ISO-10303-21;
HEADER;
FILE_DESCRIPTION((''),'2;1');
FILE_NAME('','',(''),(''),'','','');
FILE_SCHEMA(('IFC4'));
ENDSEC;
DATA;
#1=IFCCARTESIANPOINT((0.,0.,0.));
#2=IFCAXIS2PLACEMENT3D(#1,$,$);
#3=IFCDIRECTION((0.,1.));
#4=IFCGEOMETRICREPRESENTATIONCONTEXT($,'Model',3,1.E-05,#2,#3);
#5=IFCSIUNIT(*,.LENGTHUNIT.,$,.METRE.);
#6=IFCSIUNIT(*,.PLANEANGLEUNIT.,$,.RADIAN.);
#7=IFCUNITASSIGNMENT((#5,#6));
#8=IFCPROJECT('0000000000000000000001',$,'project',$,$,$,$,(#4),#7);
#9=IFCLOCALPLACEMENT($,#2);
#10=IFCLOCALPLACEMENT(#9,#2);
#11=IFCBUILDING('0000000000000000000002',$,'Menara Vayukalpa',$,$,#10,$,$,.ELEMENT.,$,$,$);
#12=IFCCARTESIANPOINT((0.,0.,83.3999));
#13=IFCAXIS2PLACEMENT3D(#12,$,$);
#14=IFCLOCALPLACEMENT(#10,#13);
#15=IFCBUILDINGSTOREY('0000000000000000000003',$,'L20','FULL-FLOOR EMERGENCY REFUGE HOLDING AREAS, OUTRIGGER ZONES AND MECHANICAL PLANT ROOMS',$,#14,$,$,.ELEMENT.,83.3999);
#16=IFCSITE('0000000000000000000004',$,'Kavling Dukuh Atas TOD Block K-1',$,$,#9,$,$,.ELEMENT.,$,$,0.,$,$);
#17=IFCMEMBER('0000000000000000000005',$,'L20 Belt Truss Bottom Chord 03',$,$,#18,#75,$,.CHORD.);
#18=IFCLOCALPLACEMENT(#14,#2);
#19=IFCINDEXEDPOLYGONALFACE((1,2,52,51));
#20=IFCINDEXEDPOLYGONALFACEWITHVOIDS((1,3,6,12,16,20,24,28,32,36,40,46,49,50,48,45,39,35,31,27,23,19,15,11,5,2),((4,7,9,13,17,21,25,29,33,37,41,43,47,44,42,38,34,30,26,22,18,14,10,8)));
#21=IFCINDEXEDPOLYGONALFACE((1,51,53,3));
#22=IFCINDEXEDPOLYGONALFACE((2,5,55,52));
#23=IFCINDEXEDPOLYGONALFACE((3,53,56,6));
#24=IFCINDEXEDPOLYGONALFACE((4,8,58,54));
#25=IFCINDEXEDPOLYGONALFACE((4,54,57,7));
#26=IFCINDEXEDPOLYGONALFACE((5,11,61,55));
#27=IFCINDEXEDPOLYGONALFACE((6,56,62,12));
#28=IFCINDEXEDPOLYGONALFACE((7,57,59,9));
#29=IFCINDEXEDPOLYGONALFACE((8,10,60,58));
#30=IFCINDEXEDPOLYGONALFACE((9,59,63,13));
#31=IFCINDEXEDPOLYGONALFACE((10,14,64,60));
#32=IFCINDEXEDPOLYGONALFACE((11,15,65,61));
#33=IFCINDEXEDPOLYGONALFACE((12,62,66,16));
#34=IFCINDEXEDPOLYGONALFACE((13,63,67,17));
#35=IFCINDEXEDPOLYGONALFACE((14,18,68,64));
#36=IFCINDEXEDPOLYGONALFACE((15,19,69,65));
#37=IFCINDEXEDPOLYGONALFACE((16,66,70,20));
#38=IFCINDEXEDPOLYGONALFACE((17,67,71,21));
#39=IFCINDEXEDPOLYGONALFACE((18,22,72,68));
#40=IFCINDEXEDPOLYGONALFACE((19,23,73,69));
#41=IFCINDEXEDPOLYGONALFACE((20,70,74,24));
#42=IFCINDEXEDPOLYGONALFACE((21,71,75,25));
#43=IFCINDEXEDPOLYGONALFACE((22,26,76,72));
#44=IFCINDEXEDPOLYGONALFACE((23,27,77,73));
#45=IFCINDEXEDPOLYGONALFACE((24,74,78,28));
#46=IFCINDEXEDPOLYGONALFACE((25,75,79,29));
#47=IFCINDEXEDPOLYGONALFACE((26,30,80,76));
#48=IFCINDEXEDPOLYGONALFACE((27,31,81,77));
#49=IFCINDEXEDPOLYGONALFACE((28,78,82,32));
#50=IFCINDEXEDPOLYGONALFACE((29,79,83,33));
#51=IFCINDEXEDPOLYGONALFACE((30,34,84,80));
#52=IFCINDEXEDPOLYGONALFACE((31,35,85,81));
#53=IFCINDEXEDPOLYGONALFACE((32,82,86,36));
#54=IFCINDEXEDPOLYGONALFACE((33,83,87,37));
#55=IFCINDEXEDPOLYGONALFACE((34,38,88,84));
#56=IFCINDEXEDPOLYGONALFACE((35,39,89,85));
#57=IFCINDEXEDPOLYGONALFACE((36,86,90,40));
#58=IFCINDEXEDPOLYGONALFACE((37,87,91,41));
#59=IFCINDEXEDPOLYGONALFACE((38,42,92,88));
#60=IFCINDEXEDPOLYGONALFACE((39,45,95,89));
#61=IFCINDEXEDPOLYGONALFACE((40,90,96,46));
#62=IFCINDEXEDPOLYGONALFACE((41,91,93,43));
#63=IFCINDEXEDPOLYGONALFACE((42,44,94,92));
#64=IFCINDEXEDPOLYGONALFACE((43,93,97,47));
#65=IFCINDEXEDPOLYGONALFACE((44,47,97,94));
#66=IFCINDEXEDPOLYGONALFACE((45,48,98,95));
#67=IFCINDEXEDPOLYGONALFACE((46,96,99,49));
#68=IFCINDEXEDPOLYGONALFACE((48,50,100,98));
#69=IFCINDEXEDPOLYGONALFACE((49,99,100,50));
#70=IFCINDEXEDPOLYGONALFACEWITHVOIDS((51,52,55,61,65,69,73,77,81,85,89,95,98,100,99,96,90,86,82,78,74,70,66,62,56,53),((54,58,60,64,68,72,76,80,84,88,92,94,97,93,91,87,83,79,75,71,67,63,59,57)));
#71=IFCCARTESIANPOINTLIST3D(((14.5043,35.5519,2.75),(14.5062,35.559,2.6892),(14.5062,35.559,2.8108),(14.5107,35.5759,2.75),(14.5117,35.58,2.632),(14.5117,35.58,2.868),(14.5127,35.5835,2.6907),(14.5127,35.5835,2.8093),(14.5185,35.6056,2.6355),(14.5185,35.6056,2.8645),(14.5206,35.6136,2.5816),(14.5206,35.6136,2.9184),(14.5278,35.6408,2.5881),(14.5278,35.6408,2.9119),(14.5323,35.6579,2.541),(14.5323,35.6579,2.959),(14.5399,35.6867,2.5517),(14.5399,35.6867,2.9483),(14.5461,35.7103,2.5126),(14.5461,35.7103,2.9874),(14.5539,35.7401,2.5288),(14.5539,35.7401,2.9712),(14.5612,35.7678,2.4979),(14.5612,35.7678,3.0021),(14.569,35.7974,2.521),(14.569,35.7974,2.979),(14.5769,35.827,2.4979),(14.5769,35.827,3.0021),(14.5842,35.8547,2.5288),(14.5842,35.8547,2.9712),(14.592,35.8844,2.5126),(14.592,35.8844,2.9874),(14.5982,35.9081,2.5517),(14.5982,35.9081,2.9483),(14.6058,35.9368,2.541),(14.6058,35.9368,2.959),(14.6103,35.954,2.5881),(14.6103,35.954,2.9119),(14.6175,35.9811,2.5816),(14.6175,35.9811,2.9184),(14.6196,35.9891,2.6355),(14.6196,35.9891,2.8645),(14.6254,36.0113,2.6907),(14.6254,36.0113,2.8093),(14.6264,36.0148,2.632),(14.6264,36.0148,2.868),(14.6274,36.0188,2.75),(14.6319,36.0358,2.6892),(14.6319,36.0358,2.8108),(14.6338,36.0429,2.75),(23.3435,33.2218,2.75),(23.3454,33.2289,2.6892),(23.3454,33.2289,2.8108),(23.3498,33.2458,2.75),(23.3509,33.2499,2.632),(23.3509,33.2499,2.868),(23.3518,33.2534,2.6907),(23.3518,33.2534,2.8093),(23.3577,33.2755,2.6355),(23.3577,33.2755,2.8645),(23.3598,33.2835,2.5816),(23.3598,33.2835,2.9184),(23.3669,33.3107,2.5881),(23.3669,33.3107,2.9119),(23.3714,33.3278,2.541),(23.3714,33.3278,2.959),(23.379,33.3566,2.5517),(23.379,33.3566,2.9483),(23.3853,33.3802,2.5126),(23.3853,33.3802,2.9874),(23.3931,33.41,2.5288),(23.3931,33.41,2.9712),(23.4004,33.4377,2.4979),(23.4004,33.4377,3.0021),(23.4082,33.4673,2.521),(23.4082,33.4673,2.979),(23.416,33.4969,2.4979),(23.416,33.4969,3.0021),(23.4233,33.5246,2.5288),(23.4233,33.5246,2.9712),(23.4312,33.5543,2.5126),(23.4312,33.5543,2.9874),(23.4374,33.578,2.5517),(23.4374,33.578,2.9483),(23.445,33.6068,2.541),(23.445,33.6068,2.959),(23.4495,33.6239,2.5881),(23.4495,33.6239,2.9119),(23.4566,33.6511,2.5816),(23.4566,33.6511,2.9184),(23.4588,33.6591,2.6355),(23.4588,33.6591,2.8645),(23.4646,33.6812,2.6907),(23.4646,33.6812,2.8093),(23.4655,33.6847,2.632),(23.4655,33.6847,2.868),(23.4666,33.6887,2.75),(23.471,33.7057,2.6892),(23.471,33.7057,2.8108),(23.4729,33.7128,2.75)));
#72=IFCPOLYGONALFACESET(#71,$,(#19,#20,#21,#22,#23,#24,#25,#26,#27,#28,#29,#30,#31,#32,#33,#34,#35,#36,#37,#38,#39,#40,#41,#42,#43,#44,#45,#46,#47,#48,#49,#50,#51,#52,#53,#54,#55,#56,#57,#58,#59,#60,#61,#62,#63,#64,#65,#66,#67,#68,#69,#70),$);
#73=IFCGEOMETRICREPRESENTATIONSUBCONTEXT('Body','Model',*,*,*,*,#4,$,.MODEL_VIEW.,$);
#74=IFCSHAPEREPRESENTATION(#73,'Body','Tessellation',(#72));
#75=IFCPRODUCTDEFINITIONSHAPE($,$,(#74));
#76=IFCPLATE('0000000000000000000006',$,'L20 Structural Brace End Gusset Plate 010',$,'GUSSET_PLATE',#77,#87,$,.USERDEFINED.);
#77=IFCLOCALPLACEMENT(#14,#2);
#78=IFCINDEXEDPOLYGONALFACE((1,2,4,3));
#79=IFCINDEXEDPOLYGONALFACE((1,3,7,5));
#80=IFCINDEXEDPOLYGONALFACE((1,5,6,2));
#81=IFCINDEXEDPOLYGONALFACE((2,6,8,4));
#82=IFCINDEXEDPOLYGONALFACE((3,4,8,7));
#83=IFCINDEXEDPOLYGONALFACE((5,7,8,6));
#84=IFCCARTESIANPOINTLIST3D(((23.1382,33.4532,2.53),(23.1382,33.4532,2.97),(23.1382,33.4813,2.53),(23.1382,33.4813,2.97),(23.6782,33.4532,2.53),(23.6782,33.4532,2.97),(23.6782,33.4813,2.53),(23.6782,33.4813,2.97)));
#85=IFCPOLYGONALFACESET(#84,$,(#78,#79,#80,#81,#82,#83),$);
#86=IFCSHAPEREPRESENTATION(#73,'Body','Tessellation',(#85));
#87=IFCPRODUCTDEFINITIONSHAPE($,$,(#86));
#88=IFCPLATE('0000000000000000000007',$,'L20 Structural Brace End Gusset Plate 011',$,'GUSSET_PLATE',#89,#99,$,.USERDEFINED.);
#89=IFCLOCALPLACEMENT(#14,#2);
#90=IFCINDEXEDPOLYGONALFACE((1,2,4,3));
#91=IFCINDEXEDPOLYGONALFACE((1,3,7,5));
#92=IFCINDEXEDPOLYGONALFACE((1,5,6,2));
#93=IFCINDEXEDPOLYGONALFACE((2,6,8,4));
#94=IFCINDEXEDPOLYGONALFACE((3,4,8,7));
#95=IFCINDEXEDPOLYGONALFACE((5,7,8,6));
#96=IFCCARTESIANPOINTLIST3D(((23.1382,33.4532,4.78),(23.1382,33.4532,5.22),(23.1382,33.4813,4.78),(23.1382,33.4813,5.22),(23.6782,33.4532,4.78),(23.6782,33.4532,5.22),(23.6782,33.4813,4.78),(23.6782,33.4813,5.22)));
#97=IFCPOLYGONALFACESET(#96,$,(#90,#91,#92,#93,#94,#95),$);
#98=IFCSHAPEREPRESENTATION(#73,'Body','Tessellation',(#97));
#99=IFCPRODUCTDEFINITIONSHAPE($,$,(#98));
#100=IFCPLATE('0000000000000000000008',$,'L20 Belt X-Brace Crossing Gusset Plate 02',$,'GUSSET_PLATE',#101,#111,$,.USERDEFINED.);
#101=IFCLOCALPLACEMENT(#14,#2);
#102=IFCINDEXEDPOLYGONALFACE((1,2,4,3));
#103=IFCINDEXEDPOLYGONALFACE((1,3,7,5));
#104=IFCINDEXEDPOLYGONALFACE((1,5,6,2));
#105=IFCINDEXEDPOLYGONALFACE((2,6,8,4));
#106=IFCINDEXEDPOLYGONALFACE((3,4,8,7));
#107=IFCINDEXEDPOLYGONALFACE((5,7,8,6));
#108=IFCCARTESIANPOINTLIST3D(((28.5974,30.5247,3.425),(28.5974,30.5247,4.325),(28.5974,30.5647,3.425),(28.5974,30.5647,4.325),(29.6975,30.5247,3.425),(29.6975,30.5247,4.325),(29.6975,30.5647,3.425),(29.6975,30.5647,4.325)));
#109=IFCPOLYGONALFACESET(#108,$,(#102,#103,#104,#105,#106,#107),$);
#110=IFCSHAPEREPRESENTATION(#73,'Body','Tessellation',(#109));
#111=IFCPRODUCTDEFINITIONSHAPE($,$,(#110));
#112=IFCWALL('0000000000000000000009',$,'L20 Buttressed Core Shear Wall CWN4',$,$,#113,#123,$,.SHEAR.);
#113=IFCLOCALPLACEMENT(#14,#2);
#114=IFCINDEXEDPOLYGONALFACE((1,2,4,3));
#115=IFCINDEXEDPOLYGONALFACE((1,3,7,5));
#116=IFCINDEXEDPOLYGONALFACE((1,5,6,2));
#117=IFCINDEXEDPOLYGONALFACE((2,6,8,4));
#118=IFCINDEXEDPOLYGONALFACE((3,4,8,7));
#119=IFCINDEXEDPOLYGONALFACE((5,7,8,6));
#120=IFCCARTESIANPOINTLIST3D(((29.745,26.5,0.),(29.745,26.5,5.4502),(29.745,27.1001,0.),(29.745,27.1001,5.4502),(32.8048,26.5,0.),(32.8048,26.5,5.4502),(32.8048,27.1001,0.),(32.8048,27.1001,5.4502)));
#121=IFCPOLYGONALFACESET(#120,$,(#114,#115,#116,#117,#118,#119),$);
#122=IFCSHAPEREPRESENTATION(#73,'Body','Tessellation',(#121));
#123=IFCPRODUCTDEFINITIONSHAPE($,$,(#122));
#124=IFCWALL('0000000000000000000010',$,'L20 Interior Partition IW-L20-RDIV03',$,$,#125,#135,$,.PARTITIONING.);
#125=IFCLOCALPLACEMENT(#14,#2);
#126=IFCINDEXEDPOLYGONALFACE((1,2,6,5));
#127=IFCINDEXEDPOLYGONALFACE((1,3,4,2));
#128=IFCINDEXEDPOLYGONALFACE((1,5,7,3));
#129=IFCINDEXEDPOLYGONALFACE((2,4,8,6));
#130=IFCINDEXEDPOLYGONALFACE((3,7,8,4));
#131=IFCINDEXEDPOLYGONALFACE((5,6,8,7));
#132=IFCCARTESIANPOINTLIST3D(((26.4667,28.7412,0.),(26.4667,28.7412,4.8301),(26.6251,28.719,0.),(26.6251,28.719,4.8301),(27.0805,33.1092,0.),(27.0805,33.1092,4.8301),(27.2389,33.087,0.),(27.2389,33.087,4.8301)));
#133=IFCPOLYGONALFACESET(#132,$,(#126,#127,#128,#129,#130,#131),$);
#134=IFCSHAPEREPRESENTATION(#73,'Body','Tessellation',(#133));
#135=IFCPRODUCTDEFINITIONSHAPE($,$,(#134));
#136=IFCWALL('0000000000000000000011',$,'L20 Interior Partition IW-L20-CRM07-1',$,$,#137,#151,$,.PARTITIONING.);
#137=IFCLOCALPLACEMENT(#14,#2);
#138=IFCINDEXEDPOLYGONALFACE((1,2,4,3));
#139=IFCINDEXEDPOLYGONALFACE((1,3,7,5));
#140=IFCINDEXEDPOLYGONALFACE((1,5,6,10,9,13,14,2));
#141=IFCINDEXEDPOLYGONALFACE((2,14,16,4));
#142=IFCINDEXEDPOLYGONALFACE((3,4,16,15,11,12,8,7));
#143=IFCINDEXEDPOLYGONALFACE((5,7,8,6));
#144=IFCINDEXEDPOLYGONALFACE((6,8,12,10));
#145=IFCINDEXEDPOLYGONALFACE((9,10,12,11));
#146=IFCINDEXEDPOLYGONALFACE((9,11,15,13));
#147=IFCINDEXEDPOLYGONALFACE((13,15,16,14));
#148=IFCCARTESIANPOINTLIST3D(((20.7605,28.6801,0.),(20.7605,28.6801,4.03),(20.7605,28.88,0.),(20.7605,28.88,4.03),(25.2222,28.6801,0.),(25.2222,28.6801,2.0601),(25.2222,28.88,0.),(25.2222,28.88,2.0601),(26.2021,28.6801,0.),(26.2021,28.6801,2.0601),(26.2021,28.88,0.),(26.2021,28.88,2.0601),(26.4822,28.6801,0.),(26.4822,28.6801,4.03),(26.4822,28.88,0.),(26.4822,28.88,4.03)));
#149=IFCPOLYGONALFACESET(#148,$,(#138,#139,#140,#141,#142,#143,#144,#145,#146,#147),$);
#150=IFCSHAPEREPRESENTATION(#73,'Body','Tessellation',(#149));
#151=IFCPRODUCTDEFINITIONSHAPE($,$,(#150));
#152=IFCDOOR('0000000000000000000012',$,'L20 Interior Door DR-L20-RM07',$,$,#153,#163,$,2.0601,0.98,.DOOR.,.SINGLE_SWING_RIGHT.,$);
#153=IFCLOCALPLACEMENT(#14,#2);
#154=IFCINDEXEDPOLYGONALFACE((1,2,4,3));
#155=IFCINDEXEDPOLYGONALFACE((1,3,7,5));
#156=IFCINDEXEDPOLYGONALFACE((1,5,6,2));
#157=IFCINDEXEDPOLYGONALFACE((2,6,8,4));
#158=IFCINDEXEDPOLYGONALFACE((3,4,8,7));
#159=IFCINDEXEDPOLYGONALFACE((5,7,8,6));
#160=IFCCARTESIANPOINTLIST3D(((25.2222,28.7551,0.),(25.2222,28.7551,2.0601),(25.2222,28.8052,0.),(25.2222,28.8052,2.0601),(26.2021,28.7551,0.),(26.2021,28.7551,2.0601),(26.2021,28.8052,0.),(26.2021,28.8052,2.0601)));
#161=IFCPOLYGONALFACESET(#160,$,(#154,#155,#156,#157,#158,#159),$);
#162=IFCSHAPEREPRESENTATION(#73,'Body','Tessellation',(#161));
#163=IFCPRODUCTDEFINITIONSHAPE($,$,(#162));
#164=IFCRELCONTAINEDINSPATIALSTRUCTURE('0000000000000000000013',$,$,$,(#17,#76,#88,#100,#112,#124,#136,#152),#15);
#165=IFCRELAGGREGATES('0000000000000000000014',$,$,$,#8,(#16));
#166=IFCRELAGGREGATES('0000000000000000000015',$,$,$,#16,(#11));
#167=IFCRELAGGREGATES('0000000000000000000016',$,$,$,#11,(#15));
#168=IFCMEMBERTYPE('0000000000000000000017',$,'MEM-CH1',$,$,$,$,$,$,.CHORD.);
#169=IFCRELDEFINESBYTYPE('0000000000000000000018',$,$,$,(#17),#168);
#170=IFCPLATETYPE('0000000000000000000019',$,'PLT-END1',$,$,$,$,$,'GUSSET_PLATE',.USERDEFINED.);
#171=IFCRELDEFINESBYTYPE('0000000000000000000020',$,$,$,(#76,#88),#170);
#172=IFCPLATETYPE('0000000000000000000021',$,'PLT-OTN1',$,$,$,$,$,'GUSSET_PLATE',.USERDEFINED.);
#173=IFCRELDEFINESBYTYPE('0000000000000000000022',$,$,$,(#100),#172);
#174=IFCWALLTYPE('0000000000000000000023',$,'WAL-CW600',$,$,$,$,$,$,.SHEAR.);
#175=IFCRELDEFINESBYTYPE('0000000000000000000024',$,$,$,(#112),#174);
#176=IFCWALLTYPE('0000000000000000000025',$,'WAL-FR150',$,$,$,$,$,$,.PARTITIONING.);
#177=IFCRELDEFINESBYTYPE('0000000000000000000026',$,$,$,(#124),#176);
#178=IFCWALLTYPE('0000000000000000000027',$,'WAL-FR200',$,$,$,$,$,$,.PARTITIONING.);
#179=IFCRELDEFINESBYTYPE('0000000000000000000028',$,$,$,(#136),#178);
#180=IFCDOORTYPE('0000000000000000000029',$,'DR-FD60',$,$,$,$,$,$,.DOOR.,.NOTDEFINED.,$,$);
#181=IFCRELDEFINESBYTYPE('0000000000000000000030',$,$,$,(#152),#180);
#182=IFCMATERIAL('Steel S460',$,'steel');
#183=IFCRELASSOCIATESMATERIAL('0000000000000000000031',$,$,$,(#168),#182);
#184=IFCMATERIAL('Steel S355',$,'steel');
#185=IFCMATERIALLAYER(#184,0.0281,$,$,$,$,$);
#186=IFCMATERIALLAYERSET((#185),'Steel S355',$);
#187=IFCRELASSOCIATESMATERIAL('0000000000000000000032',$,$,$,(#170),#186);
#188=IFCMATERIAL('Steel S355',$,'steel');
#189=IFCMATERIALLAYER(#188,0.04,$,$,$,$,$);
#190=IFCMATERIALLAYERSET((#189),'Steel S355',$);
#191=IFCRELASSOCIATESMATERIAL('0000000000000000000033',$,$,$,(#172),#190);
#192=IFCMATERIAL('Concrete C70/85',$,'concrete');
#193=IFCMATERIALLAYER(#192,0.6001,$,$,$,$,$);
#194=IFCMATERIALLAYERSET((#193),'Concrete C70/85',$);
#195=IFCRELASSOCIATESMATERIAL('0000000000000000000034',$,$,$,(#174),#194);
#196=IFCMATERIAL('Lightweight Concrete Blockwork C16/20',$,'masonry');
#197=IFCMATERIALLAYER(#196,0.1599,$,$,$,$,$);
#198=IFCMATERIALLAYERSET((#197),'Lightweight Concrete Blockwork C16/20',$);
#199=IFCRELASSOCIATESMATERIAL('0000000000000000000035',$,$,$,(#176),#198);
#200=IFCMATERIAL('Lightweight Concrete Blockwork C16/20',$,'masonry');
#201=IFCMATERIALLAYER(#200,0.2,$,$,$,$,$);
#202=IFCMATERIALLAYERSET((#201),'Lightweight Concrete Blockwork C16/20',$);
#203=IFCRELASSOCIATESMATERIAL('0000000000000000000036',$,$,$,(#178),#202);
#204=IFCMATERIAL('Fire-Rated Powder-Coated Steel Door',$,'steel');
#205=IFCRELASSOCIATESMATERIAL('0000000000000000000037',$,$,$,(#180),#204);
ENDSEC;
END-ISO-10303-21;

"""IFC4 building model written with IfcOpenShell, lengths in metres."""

from ifc_helpers import new_model, si_unit, direction, frame, frame_2d, origin, origin_2d, place, context, subcontext, project, spatial, rectangle, hollow_circle, extrude, material, layer, layer_set, material_profile, profile_set, type_object, element, fill, save


model = new_model("IFC4")

# Units and contexts
model_context = context("Model", 3, precision=1e-05, world=origin(), true_north=direction((0.0, 1.0)))
body_context = subcontext(model_context, "Body", "Model", "MODEL_VIEW")
ifc_project = project(units=[si_unit("LENGTHUNIT", "METRE"), si_unit("PLANEANGLEUNIT", "RADIAN")], contexts=[model_context])

# Site, building, storey
site_placement = place(None, origin())
site = spatial("IfcSite", under=ifc_project, at=site_placement, Name="Kavling Dukuh Atas TOD Block K-1", CompositionType="ELEMENT", RefElevation=0.0)
building_placement = place(site_placement, origin())
building = spatial("IfcBuilding", under=site, at=building_placement, Name="Menara Vayukalpa", CompositionType="ELEMENT")
storey_placement = place(building_placement, frame((0.0, 0.0, 83.3999)))
storey = spatial("IfcBuildingStorey", under=building, at=storey_placement, Name="L20", Description="FULL-FLOOR EMERGENCY REFUGE HOLDING AREAS, OUTRIGGER ZONES AND MECHANICAL PLANT ROOMS", CompositionType="ELEMENT", Elevation=83.3999)

# Member
ifc_material_1 = material(Name="Steel S460", Category="steel")
ifc_material_profile_1 = material_profile(ifc_material_1, hollow_circle(Radius=0.2539, WallThickness=0.0249, at=origin_2d()), Name="CHS 508.0x25")
ifc_profile_set_1 = profile_set([ifc_material_profile_1], Name="Steel S460")
member_type_1 = type_object("IfcMemberType", Name="MEM-CH1", PredefinedType="CHORD", material=ifc_profile_set_1)
member_1_placement = place(storey_placement, frame((23.4082, 33.4673, 2.75), z_axis=(-0.966967, 0.254902, 0.0), x_axis=(-0.254902, -0.966967, 0.0)))
element("IfcMember", 1, at=member_1_placement, inside=storey, type_object=member_type_1, Name="L20 Belt Truss Bottom Chord 03", PredefinedType="CHORD", context=body_context, shape_type="SweptSolid", body=[
    extrude(hollow_circle(Radius=0.2539, WallThickness=0.0249, at=origin_2d()), origin(), (0.0, 0.0, 1.0), 9.1411),
])

# Plates
ifc_material_2 = material(Name="Steel S355", Category="steel")
ifc_layer_1 = layer(ifc_material_2, 0.0281)
ifc_layer_set_1 = layer_set([ifc_layer_1], Name="Steel S355")
plate_type_1 = type_object("IfcPlateType", Name="PLT-END1", ElementType="GUSSET_PLATE", PredefinedType="USERDEFINED", material=ifc_layer_set_1)
for number, where, z_axis, x_axis, name in (
    (2, (23.4082, 33.4673, 2.53), (0.0, 0.0, 1.0), (1.0, 0.0, 0.0), "L20 Structural Brace End Gusset Plate 010"),
    (3, (23.4082, 33.4673, 4.78), (0.0, 0.0, 1.0), (1.0, 0.0, 0.0), "L20 Structural Brace End Gusset Plate 011"),
):
    element("IfcPlate", number, at=place(storey_placement, frame(where, z_axis=z_axis, x_axis=x_axis)), inside=storey, type_object=plate_type_1, Name=name, ObjectType="GUSSET_PLATE", PredefinedType="USERDEFINED", context=body_context, shape_type="SweptSolid", body=[
        extrude(rectangle(XDim=0.54, YDim=0.0281, at=origin_2d()), origin(), (0.0, 0.0, 1.0), 0.4399),
    ])
ifc_material_3 = material(Name="Steel S355", Category="steel")
ifc_layer_2 = layer(ifc_material_3, 0.04)
ifc_layer_set_2 = layer_set([ifc_layer_2], Name="Steel S355")
plate_type_2 = type_object("IfcPlateType", Name="PLT-OTN1", ElementType="GUSSET_PLATE", PredefinedType="USERDEFINED", material=ifc_layer_set_2)
plate_placement = place(storey_placement, frame((29.1475, 30.5447, 3.425), z_axis=(0.0, 0.0, 1.0), x_axis=(1.0, 0.0, 0.0)))
element("IfcPlate", 4, at=plate_placement, inside=storey, type_object=plate_type_2, Name="L20 Belt X-Brace Crossing Gusset Plate 02", ObjectType="GUSSET_PLATE", PredefinedType="USERDEFINED", context=body_context, shape_type="SweptSolid", body=[
    extrude(rectangle(XDim=1.1001, YDim=0.04, at=origin_2d()), origin(), (0.0, 0.0, 1.0), 0.8999),
])

# Walls
ifc_material_4 = material(Name="Concrete C70/85", Category="concrete")
ifc_layer_3 = layer(ifc_material_4, 0.6001)
ifc_layer_set_3 = layer_set([ifc_layer_3], Name="Concrete C70/85")
wall_type_1 = type_object("IfcWallType", Name="WAL-CW600", PredefinedType="SHEAR", material=ifc_layer_set_3)
wall_1_placement = place(storey_placement, frame((29.7451, 26.8, 0.0), z_axis=(0.0, 0.0, 1.0), x_axis=(1.0, 0.0, 0.0)))
element("IfcWall", 5, at=wall_1_placement, inside=storey, type_object=wall_type_1, Name="L20 Buttressed Core Shear Wall CWN4", PredefinedType="SHEAR", context=body_context, shape_type="SweptSolid", body=[
    extrude(rectangle(XDim=3.0598, YDim=0.6001, at=frame_2d((1.5298, 0.0))), origin(), (0.0, 0.0, 1.0), 5.4502),
])
ifc_material_5 = material(Name="Lightweight Concrete Blockwork C16/20", Category="masonry")
ifc_layer_4 = layer(ifc_material_5, 0.1599)
ifc_layer_set_4 = layer_set([ifc_layer_4], Name="Lightweight Concrete Blockwork C16/20")
wall_type_2 = type_object("IfcWallType", Name="WAL-FR150", PredefinedType="PARTITIONING", material=ifc_layer_set_4)
wall_2_placement = place(storey_placement, frame((26.5459, 28.73, 0.0), z_axis=(0.0, 0.0, 1.0), x_axis=(0.139151, 0.990271, 0.0)))
element("IfcWall", 6, at=wall_2_placement, inside=storey, type_object=wall_type_2, Name="L20 Interior Partition IW-L20-RDIV03", PredefinedType="PARTITIONING", context=body_context, shape_type="SweptSolid", body=[
    extrude(rectangle(XDim=4.4109, YDim=0.1599, at=frame_2d((2.2056, 0.0))), origin(), (0.0, 0.0, 1.0), 4.8301),
])

# Wall, opening, door
ifc_material_6 = material(Name="Lightweight Concrete Blockwork C16/20", Category="masonry")
ifc_layer_5 = layer(ifc_material_6, 0.2)
ifc_layer_set_5 = layer_set([ifc_layer_5], Name="Lightweight Concrete Blockwork C16/20")
wall_type_3 = type_object("IfcWallType", Name="WAL-FR200", PredefinedType="PARTITIONING", material=ifc_layer_set_5)
wall_3_placement = place(storey_placement, frame((26.4822, 28.78, 0.0), z_axis=(0.0, 0.0, 1.0), x_axis=(-1.0, 0.0, 0.0)))
wall_3 = element("IfcWall", 7, at=wall_3_placement, inside=storey, type_object=wall_type_3, Name="L20 Interior Partition IW-L20-CRM07-1", PredefinedType="PARTITIONING", context=body_context, shape_type="SweptSolid", body=[
    extrude(rectangle(XDim=5.7217, YDim=0.2, at=frame_2d((2.8608, 0.0))), origin(), (0.0, 0.0, 1.0), 4.03),
])
opening_placement = place(wall_3_placement, frame((0.28, 0.0, 0.0)))
opening = element("IfcOpeningElement", 8, at=opening_placement, cuts=wall_3, PredefinedType="OPENING", context=body_context, shape_type="SweptSolid", body=[
    extrude(rectangle(XDim=0.98, YDim=2.0601, at=frame_2d((0.49, 1.03))), frame((0.0, 0.1099, 0.0), z_axis=(0.0, -1.0, 0.0), x_axis=(1.0, 0.0, 0.0)), (0.0, 0.0, 1.0), 0.22),
])
ifc_material_7 = material(Name="Fire-Rated Powder-Coated Steel Door", Category="steel")
door_type = type_object("IfcDoorType", Name="DR-FD60", OperationType="NOTDEFINED", PredefinedType="DOOR", material=ifc_material_7)
door_placement = place(opening_placement, origin())
door = element("IfcDoor", 9, at=door_placement, inside=storey, type_object=door_type, Name="L20 Interior Door DR-L20-RM07", OperationType="SINGLE_SWING_RIGHT", OverallHeight=2.0601, OverallWidth=0.98, PredefinedType="DOOR", context=body_context, shape_type="SweptSolid", body=[
    extrude(rectangle(XDim=0.98, YDim=2.0601, at=frame_2d((0.49, 1.03))), frame((0.0, 0.0249, 0.0), z_axis=(0.0, -1.0, 0.0), x_axis=(1.0, 0.0, 0.0)), (0.0, 0.0, 1.0), 0.05),
])
fill(opening, door)

save(model, "model.ifc")
